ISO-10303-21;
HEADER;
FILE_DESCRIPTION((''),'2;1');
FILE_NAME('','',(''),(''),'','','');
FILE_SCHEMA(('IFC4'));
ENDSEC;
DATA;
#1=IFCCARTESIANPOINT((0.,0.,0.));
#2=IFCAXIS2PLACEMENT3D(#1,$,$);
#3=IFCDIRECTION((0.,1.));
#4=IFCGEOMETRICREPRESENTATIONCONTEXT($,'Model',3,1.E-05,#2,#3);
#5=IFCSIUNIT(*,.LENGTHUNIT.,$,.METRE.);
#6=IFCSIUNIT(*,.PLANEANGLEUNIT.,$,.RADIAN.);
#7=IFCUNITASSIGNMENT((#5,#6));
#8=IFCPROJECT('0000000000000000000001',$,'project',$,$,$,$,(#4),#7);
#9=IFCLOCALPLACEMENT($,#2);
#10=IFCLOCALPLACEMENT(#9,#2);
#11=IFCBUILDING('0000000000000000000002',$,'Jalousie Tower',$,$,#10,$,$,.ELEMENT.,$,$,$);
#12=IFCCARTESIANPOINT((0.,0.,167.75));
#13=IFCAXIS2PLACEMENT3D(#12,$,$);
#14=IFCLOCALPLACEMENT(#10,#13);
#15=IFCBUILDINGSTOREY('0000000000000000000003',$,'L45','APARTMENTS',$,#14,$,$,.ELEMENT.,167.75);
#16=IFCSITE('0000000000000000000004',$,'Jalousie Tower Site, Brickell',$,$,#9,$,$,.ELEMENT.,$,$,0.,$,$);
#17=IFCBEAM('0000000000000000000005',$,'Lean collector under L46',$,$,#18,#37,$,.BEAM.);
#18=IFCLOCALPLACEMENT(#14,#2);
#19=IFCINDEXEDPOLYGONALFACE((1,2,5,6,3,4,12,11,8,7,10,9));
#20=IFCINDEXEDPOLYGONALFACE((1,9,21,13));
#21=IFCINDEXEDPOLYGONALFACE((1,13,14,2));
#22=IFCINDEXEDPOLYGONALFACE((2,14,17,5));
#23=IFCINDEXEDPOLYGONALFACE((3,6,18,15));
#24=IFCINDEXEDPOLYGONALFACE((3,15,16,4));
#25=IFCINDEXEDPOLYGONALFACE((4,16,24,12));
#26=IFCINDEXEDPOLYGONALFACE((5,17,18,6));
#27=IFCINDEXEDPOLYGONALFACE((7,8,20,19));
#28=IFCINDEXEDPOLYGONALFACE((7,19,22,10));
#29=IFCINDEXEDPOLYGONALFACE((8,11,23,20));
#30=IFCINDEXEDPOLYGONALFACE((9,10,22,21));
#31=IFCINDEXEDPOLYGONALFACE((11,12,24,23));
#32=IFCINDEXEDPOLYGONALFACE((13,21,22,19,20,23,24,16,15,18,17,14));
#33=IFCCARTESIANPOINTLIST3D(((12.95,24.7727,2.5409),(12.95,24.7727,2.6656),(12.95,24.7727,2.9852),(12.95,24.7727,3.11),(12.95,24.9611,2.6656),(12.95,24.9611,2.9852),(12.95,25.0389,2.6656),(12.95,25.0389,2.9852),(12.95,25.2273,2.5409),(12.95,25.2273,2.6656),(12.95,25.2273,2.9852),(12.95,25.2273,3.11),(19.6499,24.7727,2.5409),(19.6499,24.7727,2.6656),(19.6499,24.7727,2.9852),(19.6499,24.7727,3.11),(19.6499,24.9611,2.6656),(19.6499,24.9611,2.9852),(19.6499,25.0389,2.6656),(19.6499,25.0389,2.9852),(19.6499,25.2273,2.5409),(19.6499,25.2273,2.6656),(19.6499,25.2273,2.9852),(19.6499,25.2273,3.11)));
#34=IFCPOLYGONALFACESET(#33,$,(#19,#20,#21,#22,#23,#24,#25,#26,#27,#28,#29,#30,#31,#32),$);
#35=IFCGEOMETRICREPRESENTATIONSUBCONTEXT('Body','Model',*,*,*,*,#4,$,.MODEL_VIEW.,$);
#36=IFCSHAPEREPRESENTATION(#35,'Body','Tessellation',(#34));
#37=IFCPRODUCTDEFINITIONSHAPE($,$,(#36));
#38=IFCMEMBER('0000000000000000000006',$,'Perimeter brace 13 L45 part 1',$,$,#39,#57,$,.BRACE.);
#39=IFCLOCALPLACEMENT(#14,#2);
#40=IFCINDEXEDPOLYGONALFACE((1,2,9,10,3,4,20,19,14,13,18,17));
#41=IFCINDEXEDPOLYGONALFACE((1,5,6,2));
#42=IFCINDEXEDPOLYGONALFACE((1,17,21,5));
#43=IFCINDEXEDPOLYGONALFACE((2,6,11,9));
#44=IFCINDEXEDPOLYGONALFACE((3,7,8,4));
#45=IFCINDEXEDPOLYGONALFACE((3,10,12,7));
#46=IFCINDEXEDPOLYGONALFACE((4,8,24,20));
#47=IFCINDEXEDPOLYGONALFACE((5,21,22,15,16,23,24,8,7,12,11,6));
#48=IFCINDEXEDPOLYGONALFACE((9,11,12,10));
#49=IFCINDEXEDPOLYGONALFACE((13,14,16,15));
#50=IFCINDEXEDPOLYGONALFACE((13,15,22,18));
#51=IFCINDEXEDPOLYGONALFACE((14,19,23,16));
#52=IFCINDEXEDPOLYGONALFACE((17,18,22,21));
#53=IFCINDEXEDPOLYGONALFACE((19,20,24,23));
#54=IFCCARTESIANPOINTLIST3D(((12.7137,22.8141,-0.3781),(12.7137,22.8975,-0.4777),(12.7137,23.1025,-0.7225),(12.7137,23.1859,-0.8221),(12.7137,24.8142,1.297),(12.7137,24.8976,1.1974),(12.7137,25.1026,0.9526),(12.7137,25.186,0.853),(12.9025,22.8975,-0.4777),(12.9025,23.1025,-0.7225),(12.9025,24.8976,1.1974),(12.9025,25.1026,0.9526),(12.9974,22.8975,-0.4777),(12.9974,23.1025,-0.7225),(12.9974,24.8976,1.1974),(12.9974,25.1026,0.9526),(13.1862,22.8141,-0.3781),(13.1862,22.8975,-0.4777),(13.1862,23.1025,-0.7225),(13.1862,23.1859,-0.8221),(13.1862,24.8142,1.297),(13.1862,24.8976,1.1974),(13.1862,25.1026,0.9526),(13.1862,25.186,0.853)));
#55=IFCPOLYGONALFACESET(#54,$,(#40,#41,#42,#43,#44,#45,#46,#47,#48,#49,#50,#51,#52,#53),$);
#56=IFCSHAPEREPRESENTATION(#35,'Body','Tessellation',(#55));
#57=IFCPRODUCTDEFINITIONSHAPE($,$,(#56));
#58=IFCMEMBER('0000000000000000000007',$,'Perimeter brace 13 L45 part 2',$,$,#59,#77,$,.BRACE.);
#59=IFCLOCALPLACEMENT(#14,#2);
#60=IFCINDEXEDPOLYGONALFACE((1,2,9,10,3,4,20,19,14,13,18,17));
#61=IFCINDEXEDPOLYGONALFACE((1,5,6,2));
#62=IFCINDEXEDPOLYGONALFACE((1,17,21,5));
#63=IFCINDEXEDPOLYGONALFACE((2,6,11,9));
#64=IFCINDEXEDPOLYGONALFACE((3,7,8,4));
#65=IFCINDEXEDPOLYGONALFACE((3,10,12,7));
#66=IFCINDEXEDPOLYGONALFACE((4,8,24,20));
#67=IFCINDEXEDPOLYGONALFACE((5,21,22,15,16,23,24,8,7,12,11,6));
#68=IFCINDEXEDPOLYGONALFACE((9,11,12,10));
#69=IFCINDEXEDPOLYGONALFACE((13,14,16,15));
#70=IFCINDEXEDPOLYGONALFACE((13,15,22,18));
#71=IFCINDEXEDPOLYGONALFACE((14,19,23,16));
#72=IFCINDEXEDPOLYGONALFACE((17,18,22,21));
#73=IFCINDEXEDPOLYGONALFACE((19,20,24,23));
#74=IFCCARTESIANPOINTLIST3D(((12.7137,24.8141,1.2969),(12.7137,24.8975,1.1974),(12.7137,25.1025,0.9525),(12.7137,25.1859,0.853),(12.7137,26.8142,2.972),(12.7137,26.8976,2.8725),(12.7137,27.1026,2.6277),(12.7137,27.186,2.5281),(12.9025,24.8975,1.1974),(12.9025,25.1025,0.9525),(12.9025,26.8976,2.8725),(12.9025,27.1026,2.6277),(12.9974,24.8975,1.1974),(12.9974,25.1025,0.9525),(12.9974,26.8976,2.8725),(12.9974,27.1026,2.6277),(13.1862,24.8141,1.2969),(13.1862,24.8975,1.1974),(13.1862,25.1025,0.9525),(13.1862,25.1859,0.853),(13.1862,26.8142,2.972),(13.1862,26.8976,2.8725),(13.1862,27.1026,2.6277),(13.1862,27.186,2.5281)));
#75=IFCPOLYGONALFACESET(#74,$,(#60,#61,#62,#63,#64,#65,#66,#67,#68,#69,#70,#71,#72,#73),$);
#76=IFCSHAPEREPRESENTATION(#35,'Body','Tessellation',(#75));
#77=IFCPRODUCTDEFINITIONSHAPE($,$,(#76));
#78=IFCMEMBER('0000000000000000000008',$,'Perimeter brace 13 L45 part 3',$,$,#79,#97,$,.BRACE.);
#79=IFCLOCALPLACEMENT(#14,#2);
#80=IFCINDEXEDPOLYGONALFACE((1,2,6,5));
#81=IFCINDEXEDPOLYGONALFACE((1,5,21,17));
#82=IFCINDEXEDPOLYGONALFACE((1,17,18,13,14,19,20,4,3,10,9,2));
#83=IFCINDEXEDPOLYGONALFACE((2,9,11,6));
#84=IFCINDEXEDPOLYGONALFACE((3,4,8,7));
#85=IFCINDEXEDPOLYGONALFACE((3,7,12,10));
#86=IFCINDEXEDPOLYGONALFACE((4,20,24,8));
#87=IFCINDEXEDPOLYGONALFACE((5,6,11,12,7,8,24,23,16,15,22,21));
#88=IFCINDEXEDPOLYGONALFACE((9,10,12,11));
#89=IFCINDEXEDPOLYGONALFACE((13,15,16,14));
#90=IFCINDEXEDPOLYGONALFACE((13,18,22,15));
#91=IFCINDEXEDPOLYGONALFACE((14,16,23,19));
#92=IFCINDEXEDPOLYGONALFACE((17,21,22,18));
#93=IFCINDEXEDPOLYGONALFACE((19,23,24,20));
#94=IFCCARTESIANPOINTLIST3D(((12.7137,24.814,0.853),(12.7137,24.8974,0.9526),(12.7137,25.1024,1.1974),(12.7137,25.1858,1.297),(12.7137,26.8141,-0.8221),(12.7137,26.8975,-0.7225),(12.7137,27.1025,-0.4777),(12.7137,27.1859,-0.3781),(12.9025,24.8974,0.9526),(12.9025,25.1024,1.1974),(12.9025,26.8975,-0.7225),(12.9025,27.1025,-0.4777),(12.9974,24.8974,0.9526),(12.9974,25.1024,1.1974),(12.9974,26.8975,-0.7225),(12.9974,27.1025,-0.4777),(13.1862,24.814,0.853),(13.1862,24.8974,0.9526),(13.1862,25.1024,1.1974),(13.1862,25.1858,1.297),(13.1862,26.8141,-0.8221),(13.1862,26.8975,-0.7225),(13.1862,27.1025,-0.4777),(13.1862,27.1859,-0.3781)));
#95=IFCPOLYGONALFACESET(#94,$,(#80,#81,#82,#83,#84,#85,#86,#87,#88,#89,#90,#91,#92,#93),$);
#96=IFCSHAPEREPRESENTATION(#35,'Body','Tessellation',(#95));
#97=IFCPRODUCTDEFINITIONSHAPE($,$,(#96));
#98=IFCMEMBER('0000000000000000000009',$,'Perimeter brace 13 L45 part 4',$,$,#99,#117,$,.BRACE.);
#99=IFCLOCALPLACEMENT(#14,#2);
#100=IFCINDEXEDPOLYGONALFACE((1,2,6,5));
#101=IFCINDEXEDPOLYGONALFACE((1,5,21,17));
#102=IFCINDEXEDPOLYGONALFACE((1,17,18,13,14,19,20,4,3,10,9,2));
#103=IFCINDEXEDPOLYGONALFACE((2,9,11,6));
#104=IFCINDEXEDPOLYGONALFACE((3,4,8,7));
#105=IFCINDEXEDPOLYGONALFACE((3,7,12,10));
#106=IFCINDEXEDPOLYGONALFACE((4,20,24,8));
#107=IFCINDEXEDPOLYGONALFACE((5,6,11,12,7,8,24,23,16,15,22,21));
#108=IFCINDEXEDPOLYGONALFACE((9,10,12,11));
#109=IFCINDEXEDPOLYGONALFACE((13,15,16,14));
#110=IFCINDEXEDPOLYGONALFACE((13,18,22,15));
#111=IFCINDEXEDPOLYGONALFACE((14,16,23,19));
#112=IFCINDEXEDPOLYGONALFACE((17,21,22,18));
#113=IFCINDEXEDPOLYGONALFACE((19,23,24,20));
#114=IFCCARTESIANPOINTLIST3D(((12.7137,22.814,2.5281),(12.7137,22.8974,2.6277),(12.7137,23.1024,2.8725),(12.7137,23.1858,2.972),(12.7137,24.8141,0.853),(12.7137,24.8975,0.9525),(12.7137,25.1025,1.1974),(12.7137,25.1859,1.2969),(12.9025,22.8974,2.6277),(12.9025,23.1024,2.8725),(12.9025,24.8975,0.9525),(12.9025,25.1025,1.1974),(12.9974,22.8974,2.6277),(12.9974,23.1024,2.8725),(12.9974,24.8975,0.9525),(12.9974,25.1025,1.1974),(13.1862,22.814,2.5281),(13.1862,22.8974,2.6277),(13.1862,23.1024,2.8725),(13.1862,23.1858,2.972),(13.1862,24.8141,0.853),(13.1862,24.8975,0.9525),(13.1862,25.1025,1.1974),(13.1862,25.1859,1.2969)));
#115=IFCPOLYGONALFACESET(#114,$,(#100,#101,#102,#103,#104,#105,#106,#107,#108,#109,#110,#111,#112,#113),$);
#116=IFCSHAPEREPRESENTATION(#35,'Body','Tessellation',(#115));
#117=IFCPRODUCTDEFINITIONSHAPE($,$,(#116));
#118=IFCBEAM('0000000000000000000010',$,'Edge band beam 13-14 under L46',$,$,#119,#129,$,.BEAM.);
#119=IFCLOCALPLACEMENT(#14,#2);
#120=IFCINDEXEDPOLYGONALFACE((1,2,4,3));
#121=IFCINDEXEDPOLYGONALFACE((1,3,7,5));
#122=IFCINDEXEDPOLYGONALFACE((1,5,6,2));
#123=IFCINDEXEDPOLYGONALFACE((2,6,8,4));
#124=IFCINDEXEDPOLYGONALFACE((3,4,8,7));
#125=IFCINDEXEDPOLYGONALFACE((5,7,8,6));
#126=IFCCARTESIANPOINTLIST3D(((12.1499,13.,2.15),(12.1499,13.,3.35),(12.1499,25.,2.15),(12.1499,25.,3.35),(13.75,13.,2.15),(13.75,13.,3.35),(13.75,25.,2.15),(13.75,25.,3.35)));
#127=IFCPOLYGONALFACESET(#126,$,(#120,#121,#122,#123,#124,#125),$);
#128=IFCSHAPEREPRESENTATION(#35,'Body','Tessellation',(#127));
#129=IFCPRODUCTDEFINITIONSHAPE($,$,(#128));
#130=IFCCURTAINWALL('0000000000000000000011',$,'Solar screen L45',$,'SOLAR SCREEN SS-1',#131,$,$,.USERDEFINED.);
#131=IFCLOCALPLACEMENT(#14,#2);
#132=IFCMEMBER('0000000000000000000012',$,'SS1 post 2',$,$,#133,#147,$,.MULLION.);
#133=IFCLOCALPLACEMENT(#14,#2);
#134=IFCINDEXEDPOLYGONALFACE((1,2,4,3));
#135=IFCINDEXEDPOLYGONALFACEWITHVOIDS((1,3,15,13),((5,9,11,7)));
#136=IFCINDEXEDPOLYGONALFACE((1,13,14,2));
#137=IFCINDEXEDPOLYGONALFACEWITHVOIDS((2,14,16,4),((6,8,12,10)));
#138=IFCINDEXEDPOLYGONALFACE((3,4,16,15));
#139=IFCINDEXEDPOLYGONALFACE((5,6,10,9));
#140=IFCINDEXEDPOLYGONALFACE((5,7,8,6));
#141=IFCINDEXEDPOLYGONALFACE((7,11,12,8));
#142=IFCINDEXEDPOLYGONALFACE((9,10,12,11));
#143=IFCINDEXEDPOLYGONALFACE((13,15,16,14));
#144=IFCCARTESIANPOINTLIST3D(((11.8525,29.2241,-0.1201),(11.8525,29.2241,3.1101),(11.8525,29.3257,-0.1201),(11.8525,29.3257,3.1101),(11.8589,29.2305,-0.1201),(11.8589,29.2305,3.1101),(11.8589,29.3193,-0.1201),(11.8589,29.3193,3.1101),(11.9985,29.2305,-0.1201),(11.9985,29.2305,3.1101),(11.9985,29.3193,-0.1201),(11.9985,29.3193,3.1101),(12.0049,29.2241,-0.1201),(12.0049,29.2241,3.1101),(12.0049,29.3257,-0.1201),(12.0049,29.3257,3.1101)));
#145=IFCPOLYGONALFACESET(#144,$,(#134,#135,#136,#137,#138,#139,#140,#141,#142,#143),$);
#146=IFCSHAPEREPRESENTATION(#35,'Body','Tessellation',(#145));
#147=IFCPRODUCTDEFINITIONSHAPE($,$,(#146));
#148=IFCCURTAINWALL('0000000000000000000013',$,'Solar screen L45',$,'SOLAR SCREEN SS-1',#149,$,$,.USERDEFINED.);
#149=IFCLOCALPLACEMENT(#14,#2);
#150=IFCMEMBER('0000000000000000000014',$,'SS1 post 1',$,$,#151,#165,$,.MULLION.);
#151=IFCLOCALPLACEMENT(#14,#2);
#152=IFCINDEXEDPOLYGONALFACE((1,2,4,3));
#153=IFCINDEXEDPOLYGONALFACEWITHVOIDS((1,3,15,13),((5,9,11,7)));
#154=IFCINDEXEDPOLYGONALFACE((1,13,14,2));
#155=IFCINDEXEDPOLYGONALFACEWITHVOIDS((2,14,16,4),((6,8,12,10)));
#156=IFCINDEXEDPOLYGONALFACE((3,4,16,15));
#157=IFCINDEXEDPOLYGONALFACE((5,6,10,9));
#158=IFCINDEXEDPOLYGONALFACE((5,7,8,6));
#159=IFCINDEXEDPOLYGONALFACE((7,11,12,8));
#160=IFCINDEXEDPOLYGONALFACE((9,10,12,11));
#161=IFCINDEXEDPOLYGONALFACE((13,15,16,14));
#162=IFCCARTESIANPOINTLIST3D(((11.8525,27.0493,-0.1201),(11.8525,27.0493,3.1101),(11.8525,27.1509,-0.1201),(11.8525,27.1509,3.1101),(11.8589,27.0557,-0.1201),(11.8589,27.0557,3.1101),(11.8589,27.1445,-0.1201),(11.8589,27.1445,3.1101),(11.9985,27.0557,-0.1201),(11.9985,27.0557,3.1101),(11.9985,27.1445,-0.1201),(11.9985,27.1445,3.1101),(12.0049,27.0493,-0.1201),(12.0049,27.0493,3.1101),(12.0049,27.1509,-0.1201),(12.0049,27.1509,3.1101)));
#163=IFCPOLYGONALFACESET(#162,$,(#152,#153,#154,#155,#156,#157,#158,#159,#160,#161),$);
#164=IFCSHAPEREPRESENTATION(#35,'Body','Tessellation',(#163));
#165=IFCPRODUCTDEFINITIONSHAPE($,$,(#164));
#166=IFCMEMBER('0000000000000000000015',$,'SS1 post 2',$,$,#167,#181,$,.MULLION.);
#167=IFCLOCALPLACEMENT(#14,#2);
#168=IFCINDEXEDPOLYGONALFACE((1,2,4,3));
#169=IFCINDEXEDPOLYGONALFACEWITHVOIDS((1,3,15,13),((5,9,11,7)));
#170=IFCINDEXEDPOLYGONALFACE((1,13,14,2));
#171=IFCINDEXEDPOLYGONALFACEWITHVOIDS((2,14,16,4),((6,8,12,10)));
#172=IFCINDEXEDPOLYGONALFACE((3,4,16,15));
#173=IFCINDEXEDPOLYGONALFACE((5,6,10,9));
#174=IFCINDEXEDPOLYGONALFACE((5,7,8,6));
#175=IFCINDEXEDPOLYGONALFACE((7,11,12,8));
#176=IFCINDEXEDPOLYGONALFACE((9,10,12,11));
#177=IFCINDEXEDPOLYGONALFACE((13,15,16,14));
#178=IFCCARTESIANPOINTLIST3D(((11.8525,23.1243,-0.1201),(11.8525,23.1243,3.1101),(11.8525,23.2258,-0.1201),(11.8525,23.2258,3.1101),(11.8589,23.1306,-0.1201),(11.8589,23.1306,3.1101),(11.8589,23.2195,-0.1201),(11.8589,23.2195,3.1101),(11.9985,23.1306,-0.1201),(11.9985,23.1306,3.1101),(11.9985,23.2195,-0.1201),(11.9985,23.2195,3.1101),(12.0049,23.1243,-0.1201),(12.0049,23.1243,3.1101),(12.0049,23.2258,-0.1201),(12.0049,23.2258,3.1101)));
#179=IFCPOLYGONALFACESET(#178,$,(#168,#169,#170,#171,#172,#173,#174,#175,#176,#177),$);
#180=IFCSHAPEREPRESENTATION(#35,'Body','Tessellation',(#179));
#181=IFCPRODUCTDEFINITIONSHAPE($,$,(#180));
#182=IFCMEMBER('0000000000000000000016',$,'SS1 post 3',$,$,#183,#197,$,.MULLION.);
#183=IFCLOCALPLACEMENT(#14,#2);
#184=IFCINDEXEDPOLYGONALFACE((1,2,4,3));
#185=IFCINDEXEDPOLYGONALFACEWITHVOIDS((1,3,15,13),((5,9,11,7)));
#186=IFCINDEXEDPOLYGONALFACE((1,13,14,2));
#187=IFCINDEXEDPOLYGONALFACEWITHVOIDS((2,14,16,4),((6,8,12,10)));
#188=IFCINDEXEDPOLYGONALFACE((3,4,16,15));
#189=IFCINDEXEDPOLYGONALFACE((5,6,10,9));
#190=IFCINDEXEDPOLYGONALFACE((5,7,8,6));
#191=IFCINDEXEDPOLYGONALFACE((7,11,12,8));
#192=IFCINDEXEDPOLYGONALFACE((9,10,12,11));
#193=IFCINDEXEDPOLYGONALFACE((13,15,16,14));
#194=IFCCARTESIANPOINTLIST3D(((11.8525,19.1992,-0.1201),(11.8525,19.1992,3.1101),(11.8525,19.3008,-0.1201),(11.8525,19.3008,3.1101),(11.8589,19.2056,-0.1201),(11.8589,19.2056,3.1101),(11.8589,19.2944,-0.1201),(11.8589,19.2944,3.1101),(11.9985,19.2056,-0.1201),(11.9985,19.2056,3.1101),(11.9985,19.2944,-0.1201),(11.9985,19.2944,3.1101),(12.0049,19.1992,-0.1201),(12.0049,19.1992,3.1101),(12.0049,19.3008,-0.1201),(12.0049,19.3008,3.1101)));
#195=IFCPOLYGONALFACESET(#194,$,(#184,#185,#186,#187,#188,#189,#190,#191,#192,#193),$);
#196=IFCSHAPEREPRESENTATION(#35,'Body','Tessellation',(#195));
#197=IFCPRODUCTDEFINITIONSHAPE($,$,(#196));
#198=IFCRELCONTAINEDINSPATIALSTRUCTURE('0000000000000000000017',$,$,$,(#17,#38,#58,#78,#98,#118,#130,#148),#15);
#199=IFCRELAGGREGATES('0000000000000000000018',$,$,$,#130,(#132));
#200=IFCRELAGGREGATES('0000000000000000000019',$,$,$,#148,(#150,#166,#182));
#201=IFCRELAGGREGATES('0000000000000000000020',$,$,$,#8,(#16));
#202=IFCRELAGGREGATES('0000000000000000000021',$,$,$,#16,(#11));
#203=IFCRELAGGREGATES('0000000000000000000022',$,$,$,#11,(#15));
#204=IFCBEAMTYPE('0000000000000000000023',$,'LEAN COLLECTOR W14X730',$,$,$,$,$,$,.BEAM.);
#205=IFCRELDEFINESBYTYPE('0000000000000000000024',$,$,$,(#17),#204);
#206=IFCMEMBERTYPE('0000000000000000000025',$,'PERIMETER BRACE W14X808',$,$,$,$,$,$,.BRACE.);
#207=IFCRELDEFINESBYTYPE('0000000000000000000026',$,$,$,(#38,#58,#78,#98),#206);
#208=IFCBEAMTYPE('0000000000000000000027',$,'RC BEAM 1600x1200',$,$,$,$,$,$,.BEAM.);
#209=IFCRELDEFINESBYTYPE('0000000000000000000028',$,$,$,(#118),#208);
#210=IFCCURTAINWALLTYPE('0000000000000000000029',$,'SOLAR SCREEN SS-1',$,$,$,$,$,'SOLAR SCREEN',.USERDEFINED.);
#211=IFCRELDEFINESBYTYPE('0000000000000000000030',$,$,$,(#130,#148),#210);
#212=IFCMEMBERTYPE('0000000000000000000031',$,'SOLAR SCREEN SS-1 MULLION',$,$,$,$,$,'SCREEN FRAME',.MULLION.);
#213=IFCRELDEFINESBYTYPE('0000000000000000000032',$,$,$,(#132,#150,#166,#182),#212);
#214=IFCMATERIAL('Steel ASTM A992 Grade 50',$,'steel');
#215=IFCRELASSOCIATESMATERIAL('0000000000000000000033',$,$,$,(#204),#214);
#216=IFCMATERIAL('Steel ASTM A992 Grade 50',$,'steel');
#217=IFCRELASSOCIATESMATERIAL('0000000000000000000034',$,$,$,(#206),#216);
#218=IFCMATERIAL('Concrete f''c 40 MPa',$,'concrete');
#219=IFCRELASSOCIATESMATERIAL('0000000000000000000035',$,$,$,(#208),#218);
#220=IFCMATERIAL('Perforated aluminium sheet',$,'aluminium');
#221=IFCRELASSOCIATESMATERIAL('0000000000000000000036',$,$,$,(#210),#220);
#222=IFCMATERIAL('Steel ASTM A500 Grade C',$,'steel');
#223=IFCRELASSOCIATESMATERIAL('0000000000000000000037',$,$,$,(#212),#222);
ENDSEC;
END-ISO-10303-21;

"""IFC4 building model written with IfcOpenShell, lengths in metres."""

from ifc_helpers import new_model, si_unit, direction, frame, origin, origin_2d, place, context, subcontext, project, spatial, rectangle, hollow_rectangle, i_section, extrude, material, material_profile, profile_set, type_object, element, aggregate, save


model = new_model("IFC4")

# Units and contexts
model_context = context("Model", 3, precision=1e-05, world=origin(), true_north=direction((0.0, 1.0)))
body_context = subcontext(model_context, "Body", "Model", "MODEL_VIEW")
ifc_project = project(units=[si_unit("LENGTHUNIT", "METRE"), si_unit("PLANEANGLEUNIT", "RADIAN")], contexts=[model_context])

# Site, building, storey
site_placement = place(None, origin())
site = spatial("IfcSite", under=ifc_project, at=site_placement, Name="Jalousie Tower Site, Brickell", CompositionType="ELEMENT", RefElevation=0.0)
building_placement = place(site_placement, origin())
building = spatial("IfcBuilding", under=site, at=building_placement, Name="Jalousie Tower", CompositionType="ELEMENT")
storey_placement = place(building_placement, frame((0.0, 0.0, 167.75)))
storey = spatial("IfcBuildingStorey", under=building, at=storey_placement, Name="L45", Description="APARTMENTS", CompositionType="ELEMENT", Elevation=167.75)

# Beam
ifc_material_1 = material(Name="Steel ASTM A992 Grade 50", Category="steel")
ifc_material_profile_1 = material_profile(ifc_material_1, i_section(OverallWidth=0.4546, OverallDepth=0.5691, WebThickness=0.0779, FlangeThickness=0.1248, at=origin_2d()), Name="W14X730")
ifc_profile_set_1 = profile_set([ifc_material_profile_1], Name="Steel ASTM A992 Grade 50")
beam_type_1 = type_object("IfcBeamType", Name="LEAN COLLECTOR W14X730", PredefinedType="BEAM", material=ifc_profile_set_1)
beam_1_placement = place(storey_placement, frame((12.95, 25.0, 2.8254), z_axis=(1.0, 0.0, 0.0), x_axis=(0.0, 1.0, 0.0)))
element("IfcBeam", 1, at=beam_1_placement, inside=storey, type_object=beam_type_1, Name="Lean collector under L46", PredefinedType="BEAM", context=body_context, shape_type="SweptSolid", body=[
    extrude(i_section(OverallWidth=0.4546, OverallDepth=0.5691, WebThickness=0.0779, FlangeThickness=0.1248, at=origin_2d()), origin(), (0.0, 0.0, 1.0), 6.7),
])

# Members
ifc_material_2 = material(Name="Steel ASTM A992 Grade 50", Category="steel")
ifc_material_profile_2 = material_profile(ifc_material_2, i_section(OverallWidth=0.4724, OverallDepth=0.5791, WebThickness=0.095, FlangeThickness=0.1299, at=origin_2d()), Name="W14X808")
ifc_profile_set_2 = profile_set([ifc_material_profile_2], Name="Steel ASTM A992 Grade 50")
member_type_1 = type_object("IfcMemberType", Name="PERIMETER BRACE W14X808", PredefinedType="BRACE", material=ifc_profile_set_2)
for number, where, z_axis, x_axis, name in (
    (2, (12.95, 23.0, -0.6001), (0.0, 0.766639, 0.642079), (-1.0, 0.0, 0.0), "Perimeter brace 13 L45 part 1"),
    (3, (12.95, 25.0, 1.075), (0.0, 0.766639, 0.642079), (-1.0, 0.0, 0.0), "Perimeter brace 13 L45 part 2"),
    (4, (12.95, 27.0, -0.6001), (0.0, -0.766639, 0.642079), (1.0, 0.0, 0.0), "Perimeter brace 13 L45 part 3"),
    (5, (12.95, 25.0, 1.075), (0.0, -0.766639, 0.642079), (1.0, 0.0, 0.0), "Perimeter brace 13 L45 part 4"),
):
    element("IfcMember", number, at=place(storey_placement, frame(where, z_axis=z_axis, x_axis=x_axis)), inside=storey, type_object=member_type_1, Name=name, PredefinedType="BRACE", context=body_context, shape_type="SweptSolid", body=[
        extrude(i_section(OverallWidth=0.4724, OverallDepth=0.5791, WebThickness=0.095, FlangeThickness=0.1299, at=origin_2d()), origin(), (0.0, 0.0, 1.0), 2.6089),
    ])

# Beam
ifc_material_3 = material(Name="Concrete f'c 40 MPa", Category="concrete")
ifc_material_profile_3 = material_profile(ifc_material_3, rectangle(XDim=1.6001, YDim=1.2, at=origin_2d()), Name="RC 1600x1200")
ifc_profile_set_3 = profile_set([ifc_material_profile_3], Name="Concrete f'c 40 MPa")
beam_type_2 = type_object("IfcBeamType", Name="RC BEAM 1600x1200", PredefinedType="BEAM", material=ifc_profile_set_3)
beam_2_placement = place(storey_placement, frame((12.95, 25.0, 2.75), z_axis=(0.0, -1.0, 0.0), x_axis=(1.0, 0.0, 0.0)))
element("IfcBeam", 6, at=beam_2_placement, inside=storey, type_object=beam_type_2, Name="Edge band beam 13-14 under L46", PredefinedType="BEAM", context=body_context, shape_type="SweptSolid", body=[
    extrude(rectangle(XDim=1.6001, YDim=1.2, at=origin_2d()), origin(), (0.0, 0.0, 1.0), 12.0),
])

# Curtain wall, member
ifc_material_4 = material(Name="Perforated aluminium sheet", Category="aluminium")
curtain_wall_type = type_object("IfcCurtainWallType", Name="SOLAR SCREEN SS-1", ElementType="SOLAR SCREEN", PredefinedType="USERDEFINED", material=ifc_material_4)
curtain_wall_1_placement = place(storey_placement, origin())
curtain_wall_1 = element("IfcCurtainWall", 7, at=curtain_wall_1_placement, inside=storey, type_object=curtain_wall_type, Name="Solar screen L45", ObjectType="SOLAR SCREEN SS-1", PredefinedType="USERDEFINED")
ifc_material_5 = material(Name="Steel ASTM A500 Grade C", Category="steel")
ifc_material_profile_4 = material_profile(ifc_material_5, hollow_rectangle(XDim=0.1016, YDim=0.1523, WallThickness=0.0063, at=origin_2d()), Name="HSS6X4X1/4")
ifc_profile_set_4 = profile_set([ifc_material_profile_4], Name="Steel ASTM A500 Grade C")
member_type_2 = type_object("IfcMemberType", Name="SOLAR SCREEN SS-1 MULLION", ElementType="SCREEN FRAME", PredefinedType="MULLION", material=ifc_profile_set_4)
member_1_placement = place(storey_placement, frame((11.9287, 29.2749, -0.1201), z_axis=(0.0, 0.0, 1.0), x_axis=(0.0, -1.0, 0.0)))
member_1 = element("IfcMember", 8, at=member_1_placement, type_object=member_type_2, Name="SS1 post 2", PredefinedType="MULLION", context=body_context, shape_type="SweptSolid", body=[
    extrude(hollow_rectangle(XDim=0.1016, YDim=0.1523, WallThickness=0.0063, at=origin_2d()), origin(), (0.0, 0.0, 1.0), 3.2302),
])
aggregate(curtain_wall_1, [member_1])

# Curtain wall, members
curtain_wall_2_placement = place(storey_placement, origin())
curtain_wall_2 = element("IfcCurtainWall", 9, at=curtain_wall_2_placement, inside=storey, type_object=curtain_wall_type, Name="Solar screen L45", ObjectType="SOLAR SCREEN SS-1", PredefinedType="USERDEFINED")
member_2_placement = place(storey_placement, frame((11.9287, 27.1001, -0.1201), z_axis=(0.0, 0.0, 1.0), x_axis=(0.0, -1.0, 0.0)))
member_2 = element("IfcMember", 10, at=member_2_placement, type_object=member_type_2, Name="SS1 post 1", PredefinedType="MULLION", context=body_context, shape_type="SweptSolid", body=[
    extrude(hollow_rectangle(XDim=0.1016, YDim=0.1523, WallThickness=0.0063, at=origin_2d()), origin(), (0.0, 0.0, 1.0), 3.2302),
])
member_3_placement = place(storey_placement, frame((11.9287, 23.175, -0.1201), z_axis=(0.0, 0.0, 1.0), x_axis=(0.0, -1.0, 0.0)))
member_3 = element("IfcMember", 11, at=member_3_placement, type_object=member_type_2, Name="SS1 post 2", PredefinedType="MULLION", context=body_context, shape_type="SweptSolid", body=[
    extrude(hollow_rectangle(XDim=0.1016, YDim=0.1523, WallThickness=0.0063, at=origin_2d()), origin(), (0.0, 0.0, 1.0), 3.2302),
])
member_4_placement = place(storey_placement, frame((11.9287, 19.25, -0.1201), z_axis=(0.0, 0.0, 1.0), x_axis=(0.0, -1.0, 0.0)))
member_4 = element("IfcMember", 12, at=member_4_placement, type_object=member_type_2, Name="SS1 post 3", PredefinedType="MULLION", context=body_context, shape_type="SweptSolid", body=[
    extrude(hollow_rectangle(XDim=0.1016, YDim=0.1523, WallThickness=0.0063, at=origin_2d()), origin(), (0.0, 0.0, 1.0), 3.2302),
])
aggregate(curtain_wall_2, [member_2, member_3, member_4])

save(model, "model.ifc")
